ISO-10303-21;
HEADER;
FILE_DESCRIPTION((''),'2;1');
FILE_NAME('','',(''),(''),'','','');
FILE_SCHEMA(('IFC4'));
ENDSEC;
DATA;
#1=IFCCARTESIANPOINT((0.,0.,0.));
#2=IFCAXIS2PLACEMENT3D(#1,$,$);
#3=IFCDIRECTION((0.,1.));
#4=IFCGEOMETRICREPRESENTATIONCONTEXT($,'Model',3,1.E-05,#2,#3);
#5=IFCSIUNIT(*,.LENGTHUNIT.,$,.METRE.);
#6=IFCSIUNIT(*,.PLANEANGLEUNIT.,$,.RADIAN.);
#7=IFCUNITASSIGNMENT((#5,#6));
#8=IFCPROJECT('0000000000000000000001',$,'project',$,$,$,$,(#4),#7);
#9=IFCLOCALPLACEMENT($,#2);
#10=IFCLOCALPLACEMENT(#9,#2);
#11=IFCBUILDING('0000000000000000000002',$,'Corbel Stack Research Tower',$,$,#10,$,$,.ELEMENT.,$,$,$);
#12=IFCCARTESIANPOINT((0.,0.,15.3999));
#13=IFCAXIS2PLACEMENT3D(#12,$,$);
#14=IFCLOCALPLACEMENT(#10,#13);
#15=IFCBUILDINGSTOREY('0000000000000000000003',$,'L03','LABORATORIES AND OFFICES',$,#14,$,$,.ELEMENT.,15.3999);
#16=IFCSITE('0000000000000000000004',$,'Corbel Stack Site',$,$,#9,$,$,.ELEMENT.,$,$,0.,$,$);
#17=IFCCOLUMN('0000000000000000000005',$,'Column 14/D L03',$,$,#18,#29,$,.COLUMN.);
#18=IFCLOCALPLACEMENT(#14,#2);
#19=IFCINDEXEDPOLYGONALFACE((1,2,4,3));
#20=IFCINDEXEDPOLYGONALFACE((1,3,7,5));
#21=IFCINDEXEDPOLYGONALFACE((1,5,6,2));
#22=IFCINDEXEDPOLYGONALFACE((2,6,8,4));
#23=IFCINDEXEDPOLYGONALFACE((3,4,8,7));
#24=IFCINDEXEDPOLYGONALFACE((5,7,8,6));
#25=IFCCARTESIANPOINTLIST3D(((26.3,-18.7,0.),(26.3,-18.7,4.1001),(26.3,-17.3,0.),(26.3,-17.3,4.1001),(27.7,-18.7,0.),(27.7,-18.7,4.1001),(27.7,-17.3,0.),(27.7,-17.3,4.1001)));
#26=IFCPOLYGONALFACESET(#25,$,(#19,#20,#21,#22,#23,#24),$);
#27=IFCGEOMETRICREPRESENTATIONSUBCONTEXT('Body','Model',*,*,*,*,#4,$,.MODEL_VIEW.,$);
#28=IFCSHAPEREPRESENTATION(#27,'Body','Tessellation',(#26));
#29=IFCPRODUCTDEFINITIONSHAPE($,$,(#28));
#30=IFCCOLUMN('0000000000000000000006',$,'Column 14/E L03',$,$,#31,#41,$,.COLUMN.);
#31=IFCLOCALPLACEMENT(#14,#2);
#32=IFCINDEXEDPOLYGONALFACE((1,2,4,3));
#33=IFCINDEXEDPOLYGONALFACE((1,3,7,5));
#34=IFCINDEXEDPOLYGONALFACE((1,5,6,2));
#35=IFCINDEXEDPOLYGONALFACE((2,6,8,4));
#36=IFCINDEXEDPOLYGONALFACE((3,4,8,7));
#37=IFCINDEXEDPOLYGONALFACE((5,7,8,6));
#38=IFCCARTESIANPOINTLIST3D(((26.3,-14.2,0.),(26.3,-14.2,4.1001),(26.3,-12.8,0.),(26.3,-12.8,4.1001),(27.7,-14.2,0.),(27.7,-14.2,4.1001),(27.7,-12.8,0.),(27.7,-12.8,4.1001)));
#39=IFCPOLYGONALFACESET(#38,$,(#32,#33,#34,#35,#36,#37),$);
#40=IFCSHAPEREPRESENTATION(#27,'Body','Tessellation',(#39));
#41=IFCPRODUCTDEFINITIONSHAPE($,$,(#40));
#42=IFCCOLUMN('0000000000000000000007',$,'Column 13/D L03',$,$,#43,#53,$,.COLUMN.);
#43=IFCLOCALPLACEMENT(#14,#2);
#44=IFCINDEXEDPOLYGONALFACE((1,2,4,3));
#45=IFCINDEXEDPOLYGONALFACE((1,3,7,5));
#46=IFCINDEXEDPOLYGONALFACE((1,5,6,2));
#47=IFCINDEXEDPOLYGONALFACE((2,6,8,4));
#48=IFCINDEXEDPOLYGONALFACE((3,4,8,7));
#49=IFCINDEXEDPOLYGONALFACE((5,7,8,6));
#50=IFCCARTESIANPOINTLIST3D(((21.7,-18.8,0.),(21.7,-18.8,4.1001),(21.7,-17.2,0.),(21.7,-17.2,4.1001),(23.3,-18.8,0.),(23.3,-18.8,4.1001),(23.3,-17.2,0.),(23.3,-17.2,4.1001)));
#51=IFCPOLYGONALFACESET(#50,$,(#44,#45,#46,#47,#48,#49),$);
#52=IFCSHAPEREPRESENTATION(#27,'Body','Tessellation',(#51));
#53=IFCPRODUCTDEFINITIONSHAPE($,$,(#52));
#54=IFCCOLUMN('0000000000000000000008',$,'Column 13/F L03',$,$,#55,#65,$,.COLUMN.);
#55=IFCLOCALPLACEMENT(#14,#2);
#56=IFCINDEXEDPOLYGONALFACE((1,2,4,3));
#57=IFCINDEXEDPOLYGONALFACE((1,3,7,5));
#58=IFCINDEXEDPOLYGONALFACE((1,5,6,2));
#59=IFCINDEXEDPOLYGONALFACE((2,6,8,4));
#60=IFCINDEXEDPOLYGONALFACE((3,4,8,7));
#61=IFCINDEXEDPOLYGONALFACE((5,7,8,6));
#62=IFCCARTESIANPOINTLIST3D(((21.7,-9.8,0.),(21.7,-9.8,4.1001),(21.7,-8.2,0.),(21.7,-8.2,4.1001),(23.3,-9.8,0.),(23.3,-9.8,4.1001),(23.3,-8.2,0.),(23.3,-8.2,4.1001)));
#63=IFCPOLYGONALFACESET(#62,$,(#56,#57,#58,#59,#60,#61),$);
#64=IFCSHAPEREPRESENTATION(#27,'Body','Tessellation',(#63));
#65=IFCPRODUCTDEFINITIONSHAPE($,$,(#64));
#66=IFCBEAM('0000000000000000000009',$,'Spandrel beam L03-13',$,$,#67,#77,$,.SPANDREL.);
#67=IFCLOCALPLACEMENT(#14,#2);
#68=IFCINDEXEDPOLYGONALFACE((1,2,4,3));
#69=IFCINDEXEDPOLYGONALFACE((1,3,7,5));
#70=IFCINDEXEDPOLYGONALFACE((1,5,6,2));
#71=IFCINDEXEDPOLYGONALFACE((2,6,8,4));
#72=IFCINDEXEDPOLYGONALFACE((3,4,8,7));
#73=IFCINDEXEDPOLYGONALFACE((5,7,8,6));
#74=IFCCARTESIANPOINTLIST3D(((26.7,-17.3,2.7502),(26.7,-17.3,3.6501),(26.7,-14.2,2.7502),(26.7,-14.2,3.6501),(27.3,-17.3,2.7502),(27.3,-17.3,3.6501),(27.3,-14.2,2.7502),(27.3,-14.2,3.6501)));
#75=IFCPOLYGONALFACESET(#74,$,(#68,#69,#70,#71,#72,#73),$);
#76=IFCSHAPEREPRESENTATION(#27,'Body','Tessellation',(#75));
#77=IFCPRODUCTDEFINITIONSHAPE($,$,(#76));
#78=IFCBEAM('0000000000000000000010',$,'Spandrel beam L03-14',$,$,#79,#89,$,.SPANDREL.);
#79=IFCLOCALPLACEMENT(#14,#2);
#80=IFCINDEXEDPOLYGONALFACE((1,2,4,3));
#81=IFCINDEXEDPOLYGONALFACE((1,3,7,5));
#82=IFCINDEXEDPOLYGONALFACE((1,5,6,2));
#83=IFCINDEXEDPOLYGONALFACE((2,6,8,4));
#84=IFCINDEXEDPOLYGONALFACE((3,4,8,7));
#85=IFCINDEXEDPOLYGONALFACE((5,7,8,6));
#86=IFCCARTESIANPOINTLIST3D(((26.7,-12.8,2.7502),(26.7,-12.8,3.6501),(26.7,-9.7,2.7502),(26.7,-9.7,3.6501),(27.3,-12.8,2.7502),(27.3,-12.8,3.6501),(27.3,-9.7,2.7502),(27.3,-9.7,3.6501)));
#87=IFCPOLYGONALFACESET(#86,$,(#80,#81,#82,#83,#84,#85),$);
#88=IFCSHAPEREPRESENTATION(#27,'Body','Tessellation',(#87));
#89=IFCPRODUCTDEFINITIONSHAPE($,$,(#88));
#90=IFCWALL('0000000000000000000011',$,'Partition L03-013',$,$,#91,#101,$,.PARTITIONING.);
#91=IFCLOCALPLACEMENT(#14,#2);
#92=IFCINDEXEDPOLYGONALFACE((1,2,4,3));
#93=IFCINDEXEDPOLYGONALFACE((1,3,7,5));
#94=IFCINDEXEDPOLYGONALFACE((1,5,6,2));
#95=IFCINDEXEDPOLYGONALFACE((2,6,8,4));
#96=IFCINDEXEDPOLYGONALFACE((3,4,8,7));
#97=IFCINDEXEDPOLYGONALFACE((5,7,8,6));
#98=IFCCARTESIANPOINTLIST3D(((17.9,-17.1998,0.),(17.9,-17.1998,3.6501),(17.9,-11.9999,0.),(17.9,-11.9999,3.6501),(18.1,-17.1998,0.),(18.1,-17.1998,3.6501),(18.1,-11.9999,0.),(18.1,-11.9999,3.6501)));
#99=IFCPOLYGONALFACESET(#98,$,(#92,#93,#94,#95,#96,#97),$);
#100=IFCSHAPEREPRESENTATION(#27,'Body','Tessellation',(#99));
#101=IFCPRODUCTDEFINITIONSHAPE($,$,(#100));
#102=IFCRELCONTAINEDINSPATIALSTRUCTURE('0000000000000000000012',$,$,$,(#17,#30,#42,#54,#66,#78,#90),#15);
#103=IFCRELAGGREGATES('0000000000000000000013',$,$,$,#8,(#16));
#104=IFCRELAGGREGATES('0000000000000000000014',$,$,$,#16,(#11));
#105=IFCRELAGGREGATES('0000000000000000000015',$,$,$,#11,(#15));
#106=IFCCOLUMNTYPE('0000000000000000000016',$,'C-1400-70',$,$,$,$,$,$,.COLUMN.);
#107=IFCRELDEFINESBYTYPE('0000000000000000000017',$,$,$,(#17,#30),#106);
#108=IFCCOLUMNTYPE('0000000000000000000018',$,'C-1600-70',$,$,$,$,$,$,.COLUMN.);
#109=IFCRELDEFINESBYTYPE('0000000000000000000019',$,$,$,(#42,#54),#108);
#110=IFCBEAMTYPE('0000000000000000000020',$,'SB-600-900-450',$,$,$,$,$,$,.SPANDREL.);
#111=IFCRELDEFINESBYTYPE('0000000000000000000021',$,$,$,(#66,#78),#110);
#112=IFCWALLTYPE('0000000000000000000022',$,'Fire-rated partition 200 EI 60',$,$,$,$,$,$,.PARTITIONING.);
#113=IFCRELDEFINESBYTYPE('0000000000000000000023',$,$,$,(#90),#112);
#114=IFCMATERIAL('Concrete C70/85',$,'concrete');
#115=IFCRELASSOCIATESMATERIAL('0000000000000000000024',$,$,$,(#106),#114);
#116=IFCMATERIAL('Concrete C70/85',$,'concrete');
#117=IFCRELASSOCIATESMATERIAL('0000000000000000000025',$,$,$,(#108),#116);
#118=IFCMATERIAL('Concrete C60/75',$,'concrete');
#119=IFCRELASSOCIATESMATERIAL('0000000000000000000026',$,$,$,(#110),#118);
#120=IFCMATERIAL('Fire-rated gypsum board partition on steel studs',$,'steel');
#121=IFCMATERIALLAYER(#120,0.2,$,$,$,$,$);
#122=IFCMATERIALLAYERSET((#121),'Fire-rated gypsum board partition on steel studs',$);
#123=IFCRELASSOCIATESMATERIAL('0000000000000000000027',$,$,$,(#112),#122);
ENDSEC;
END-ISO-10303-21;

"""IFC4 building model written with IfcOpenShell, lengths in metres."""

from ifc_helpers import new_model, si_unit, direction, frame, frame_2d, origin, origin_2d, place, context, subcontext, project, spatial, rectangle, extrude, material, layer, layer_set, material_profile, profile_set, type_object, element, save


model = new_model("IFC4")

# Units and contexts
model_context = context("Model", 3, precision=1e-05, world=origin(), true_north=direction((0.0, 1.0)))
body_context = subcontext(model_context, "Body", "Model", "MODEL_VIEW")
ifc_project = project(units=[si_unit("LENGTHUNIT", "METRE"), si_unit("PLANEANGLEUNIT", "RADIAN")], contexts=[model_context])

# Site, building, storey
site_placement = place(None, origin())
site = spatial("IfcSite", under=ifc_project, at=site_placement, Name="Corbel Stack Site", CompositionType="ELEMENT", RefElevation=0.0)
building_placement = place(site_placement, origin())
building = spatial("IfcBuilding", under=site, at=building_placement, Name="Corbel Stack Research Tower", CompositionType="ELEMENT")
storey_placement = place(building_placement, frame((0.0, 0.0, 15.3999)))
storey = spatial("IfcBuildingStorey", under=building, at=storey_placement, Name="L03", Description="LABORATORIES AND OFFICES", CompositionType="ELEMENT", Elevation=15.3999)

# Columns
ifc_material_1 = material(Name="Concrete C70/85", Category="concrete")
ifc_material_profile_1 = material_profile(ifc_material_1, rectangle(XDim=1.3999, YDim=1.3999, at=origin_2d()), Name="RC 1400 x 1400")
ifc_profile_set_1 = profile_set([ifc_material_profile_1], Name="Concrete C70/85")
column_type_1 = type_object("IfcColumnType", Name="C-1400-70", PredefinedType="COLUMN", material=ifc_profile_set_1)
for number, where, z_axis, x_axis, name in (
    (1, (27.0, -18.0, 0.0), (0.0, 0.0, 1.0), (1.0, 0.0, 0.0), "Column 14/D L03"),
    (2, (27.0, -13.5, 0.0), (0.0, 0.0, 1.0), (1.0, 0.0, 0.0), "Column 14/E L03"),
):
    element("IfcColumn", number, at=place(storey_placement, frame(where, z_axis=z_axis, x_axis=x_axis)), inside=storey, type_object=column_type_1, Name=name, PredefinedType="COLUMN", context=body_context, shape_type="SweptSolid", body=[
        extrude(rectangle(XDim=1.3999, YDim=1.3999, at=origin_2d()), origin(), (0.0, 0.0, 1.0), 4.1001),
    ])
ifc_material_2 = material(Name="Concrete C70/85", Category="concrete")
ifc_material_profile_2 = material_profile(ifc_material_2, rectangle(XDim=1.6001, YDim=1.6001, at=origin_2d()), Name="RC 1600 x 1600")
ifc_profile_set_2 = profile_set([ifc_material_profile_2], Name="Concrete C70/85")
column_type_2 = type_object("IfcColumnType", Name="C-1600-70", PredefinedType="COLUMN", material=ifc_profile_set_2)
for number, where, z_axis, x_axis, name in (
    (3, (22.5, -18.0, 0.0), (0.0, 0.0, 1.0), (1.0, 0.0, 0.0), "Column 13/D L03"),
    (4, (22.5, -9.0, 0.0), (0.0, 0.0, 1.0), (1.0, 0.0, 0.0), "Column 13/F L03"),
):
    element("IfcColumn", number, at=place(storey_placement, frame(where, z_axis=z_axis, x_axis=x_axis)), inside=storey, type_object=column_type_2, Name=name, PredefinedType="COLUMN", context=body_context, shape_type="SweptSolid", body=[
        extrude(rectangle(XDim=1.6001, YDim=1.6001, at=origin_2d()), origin(), (0.0, 0.0, 1.0), 4.1001),
    ])

# Beams
ifc_material_3 = material(Name="Concrete C60/75", Category="concrete")
ifc_material_profile_3 = material_profile(ifc_material_3, rectangle(XDim=0.6001, YDim=0.8999, at=origin_2d()), Name="RC 600 x 900")
ifc_profile_set_3 = profile_set([ifc_material_profile_3], Name="Concrete C60/75")
beam_type = type_object("IfcBeamType", Name="SB-600-900-450", PredefinedType="SPANDREL", material=ifc_profile_set_3)
for number, where, z_axis, x_axis, name in (
    (5, (27.0, -17.3, 3.2002), (0.0, 1.0, 0.0), (-1.0, 0.0, 0.0), "Spandrel beam L03-13"),
    (6, (27.0, -12.8, 3.2002), (0.0, 1.0, 0.0), (-1.0, 0.0, 0.0), "Spandrel beam L03-14"),
):
    element("IfcBeam", number, at=place(storey_placement, frame(where, z_axis=z_axis, x_axis=x_axis)), inside=storey, type_object=beam_type, Name=name, PredefinedType="SPANDREL", context=body_context, shape_type="SweptSolid", body=[
        extrude(rectangle(XDim=0.6001, YDim=0.8999, at=origin_2d()), origin(), (0.0, 0.0, 1.0), 3.1001),
    ])

# Wall
ifc_material_4 = material(Name="Fire-rated gypsum board partition on steel studs", Category="steel")
ifc_layer_1 = layer(ifc_material_4, 0.2)
ifc_layer_set_1 = layer_set([ifc_layer_1], Name="Fire-rated gypsum board partition on steel studs")
wall_type_1 = type_object("IfcWallType", Name="Fire-rated partition 200 EI 60", PredefinedType="PARTITIONING", material=ifc_layer_set_1)
wall_1_placement = place(storey_placement, frame((18.0, -17.2, 0.0), z_axis=(0.0, 0.0, 1.0), x_axis=(0.0, 1.0, 0.0)))
element("IfcWall", 7, at=wall_1_placement, inside=storey, type_object=wall_type_1, Name="Partition L03-013", PredefinedType="PARTITIONING", context=body_context, shape_type="SweptSolid", body=[
    extrude(rectangle(XDim=5.2, YDim=0.2, at=frame_2d((2.6001, 0.0))), origin(), (0.0, 0.0, 1.0), 3.6501),
])

save(model, "model.ifc")
